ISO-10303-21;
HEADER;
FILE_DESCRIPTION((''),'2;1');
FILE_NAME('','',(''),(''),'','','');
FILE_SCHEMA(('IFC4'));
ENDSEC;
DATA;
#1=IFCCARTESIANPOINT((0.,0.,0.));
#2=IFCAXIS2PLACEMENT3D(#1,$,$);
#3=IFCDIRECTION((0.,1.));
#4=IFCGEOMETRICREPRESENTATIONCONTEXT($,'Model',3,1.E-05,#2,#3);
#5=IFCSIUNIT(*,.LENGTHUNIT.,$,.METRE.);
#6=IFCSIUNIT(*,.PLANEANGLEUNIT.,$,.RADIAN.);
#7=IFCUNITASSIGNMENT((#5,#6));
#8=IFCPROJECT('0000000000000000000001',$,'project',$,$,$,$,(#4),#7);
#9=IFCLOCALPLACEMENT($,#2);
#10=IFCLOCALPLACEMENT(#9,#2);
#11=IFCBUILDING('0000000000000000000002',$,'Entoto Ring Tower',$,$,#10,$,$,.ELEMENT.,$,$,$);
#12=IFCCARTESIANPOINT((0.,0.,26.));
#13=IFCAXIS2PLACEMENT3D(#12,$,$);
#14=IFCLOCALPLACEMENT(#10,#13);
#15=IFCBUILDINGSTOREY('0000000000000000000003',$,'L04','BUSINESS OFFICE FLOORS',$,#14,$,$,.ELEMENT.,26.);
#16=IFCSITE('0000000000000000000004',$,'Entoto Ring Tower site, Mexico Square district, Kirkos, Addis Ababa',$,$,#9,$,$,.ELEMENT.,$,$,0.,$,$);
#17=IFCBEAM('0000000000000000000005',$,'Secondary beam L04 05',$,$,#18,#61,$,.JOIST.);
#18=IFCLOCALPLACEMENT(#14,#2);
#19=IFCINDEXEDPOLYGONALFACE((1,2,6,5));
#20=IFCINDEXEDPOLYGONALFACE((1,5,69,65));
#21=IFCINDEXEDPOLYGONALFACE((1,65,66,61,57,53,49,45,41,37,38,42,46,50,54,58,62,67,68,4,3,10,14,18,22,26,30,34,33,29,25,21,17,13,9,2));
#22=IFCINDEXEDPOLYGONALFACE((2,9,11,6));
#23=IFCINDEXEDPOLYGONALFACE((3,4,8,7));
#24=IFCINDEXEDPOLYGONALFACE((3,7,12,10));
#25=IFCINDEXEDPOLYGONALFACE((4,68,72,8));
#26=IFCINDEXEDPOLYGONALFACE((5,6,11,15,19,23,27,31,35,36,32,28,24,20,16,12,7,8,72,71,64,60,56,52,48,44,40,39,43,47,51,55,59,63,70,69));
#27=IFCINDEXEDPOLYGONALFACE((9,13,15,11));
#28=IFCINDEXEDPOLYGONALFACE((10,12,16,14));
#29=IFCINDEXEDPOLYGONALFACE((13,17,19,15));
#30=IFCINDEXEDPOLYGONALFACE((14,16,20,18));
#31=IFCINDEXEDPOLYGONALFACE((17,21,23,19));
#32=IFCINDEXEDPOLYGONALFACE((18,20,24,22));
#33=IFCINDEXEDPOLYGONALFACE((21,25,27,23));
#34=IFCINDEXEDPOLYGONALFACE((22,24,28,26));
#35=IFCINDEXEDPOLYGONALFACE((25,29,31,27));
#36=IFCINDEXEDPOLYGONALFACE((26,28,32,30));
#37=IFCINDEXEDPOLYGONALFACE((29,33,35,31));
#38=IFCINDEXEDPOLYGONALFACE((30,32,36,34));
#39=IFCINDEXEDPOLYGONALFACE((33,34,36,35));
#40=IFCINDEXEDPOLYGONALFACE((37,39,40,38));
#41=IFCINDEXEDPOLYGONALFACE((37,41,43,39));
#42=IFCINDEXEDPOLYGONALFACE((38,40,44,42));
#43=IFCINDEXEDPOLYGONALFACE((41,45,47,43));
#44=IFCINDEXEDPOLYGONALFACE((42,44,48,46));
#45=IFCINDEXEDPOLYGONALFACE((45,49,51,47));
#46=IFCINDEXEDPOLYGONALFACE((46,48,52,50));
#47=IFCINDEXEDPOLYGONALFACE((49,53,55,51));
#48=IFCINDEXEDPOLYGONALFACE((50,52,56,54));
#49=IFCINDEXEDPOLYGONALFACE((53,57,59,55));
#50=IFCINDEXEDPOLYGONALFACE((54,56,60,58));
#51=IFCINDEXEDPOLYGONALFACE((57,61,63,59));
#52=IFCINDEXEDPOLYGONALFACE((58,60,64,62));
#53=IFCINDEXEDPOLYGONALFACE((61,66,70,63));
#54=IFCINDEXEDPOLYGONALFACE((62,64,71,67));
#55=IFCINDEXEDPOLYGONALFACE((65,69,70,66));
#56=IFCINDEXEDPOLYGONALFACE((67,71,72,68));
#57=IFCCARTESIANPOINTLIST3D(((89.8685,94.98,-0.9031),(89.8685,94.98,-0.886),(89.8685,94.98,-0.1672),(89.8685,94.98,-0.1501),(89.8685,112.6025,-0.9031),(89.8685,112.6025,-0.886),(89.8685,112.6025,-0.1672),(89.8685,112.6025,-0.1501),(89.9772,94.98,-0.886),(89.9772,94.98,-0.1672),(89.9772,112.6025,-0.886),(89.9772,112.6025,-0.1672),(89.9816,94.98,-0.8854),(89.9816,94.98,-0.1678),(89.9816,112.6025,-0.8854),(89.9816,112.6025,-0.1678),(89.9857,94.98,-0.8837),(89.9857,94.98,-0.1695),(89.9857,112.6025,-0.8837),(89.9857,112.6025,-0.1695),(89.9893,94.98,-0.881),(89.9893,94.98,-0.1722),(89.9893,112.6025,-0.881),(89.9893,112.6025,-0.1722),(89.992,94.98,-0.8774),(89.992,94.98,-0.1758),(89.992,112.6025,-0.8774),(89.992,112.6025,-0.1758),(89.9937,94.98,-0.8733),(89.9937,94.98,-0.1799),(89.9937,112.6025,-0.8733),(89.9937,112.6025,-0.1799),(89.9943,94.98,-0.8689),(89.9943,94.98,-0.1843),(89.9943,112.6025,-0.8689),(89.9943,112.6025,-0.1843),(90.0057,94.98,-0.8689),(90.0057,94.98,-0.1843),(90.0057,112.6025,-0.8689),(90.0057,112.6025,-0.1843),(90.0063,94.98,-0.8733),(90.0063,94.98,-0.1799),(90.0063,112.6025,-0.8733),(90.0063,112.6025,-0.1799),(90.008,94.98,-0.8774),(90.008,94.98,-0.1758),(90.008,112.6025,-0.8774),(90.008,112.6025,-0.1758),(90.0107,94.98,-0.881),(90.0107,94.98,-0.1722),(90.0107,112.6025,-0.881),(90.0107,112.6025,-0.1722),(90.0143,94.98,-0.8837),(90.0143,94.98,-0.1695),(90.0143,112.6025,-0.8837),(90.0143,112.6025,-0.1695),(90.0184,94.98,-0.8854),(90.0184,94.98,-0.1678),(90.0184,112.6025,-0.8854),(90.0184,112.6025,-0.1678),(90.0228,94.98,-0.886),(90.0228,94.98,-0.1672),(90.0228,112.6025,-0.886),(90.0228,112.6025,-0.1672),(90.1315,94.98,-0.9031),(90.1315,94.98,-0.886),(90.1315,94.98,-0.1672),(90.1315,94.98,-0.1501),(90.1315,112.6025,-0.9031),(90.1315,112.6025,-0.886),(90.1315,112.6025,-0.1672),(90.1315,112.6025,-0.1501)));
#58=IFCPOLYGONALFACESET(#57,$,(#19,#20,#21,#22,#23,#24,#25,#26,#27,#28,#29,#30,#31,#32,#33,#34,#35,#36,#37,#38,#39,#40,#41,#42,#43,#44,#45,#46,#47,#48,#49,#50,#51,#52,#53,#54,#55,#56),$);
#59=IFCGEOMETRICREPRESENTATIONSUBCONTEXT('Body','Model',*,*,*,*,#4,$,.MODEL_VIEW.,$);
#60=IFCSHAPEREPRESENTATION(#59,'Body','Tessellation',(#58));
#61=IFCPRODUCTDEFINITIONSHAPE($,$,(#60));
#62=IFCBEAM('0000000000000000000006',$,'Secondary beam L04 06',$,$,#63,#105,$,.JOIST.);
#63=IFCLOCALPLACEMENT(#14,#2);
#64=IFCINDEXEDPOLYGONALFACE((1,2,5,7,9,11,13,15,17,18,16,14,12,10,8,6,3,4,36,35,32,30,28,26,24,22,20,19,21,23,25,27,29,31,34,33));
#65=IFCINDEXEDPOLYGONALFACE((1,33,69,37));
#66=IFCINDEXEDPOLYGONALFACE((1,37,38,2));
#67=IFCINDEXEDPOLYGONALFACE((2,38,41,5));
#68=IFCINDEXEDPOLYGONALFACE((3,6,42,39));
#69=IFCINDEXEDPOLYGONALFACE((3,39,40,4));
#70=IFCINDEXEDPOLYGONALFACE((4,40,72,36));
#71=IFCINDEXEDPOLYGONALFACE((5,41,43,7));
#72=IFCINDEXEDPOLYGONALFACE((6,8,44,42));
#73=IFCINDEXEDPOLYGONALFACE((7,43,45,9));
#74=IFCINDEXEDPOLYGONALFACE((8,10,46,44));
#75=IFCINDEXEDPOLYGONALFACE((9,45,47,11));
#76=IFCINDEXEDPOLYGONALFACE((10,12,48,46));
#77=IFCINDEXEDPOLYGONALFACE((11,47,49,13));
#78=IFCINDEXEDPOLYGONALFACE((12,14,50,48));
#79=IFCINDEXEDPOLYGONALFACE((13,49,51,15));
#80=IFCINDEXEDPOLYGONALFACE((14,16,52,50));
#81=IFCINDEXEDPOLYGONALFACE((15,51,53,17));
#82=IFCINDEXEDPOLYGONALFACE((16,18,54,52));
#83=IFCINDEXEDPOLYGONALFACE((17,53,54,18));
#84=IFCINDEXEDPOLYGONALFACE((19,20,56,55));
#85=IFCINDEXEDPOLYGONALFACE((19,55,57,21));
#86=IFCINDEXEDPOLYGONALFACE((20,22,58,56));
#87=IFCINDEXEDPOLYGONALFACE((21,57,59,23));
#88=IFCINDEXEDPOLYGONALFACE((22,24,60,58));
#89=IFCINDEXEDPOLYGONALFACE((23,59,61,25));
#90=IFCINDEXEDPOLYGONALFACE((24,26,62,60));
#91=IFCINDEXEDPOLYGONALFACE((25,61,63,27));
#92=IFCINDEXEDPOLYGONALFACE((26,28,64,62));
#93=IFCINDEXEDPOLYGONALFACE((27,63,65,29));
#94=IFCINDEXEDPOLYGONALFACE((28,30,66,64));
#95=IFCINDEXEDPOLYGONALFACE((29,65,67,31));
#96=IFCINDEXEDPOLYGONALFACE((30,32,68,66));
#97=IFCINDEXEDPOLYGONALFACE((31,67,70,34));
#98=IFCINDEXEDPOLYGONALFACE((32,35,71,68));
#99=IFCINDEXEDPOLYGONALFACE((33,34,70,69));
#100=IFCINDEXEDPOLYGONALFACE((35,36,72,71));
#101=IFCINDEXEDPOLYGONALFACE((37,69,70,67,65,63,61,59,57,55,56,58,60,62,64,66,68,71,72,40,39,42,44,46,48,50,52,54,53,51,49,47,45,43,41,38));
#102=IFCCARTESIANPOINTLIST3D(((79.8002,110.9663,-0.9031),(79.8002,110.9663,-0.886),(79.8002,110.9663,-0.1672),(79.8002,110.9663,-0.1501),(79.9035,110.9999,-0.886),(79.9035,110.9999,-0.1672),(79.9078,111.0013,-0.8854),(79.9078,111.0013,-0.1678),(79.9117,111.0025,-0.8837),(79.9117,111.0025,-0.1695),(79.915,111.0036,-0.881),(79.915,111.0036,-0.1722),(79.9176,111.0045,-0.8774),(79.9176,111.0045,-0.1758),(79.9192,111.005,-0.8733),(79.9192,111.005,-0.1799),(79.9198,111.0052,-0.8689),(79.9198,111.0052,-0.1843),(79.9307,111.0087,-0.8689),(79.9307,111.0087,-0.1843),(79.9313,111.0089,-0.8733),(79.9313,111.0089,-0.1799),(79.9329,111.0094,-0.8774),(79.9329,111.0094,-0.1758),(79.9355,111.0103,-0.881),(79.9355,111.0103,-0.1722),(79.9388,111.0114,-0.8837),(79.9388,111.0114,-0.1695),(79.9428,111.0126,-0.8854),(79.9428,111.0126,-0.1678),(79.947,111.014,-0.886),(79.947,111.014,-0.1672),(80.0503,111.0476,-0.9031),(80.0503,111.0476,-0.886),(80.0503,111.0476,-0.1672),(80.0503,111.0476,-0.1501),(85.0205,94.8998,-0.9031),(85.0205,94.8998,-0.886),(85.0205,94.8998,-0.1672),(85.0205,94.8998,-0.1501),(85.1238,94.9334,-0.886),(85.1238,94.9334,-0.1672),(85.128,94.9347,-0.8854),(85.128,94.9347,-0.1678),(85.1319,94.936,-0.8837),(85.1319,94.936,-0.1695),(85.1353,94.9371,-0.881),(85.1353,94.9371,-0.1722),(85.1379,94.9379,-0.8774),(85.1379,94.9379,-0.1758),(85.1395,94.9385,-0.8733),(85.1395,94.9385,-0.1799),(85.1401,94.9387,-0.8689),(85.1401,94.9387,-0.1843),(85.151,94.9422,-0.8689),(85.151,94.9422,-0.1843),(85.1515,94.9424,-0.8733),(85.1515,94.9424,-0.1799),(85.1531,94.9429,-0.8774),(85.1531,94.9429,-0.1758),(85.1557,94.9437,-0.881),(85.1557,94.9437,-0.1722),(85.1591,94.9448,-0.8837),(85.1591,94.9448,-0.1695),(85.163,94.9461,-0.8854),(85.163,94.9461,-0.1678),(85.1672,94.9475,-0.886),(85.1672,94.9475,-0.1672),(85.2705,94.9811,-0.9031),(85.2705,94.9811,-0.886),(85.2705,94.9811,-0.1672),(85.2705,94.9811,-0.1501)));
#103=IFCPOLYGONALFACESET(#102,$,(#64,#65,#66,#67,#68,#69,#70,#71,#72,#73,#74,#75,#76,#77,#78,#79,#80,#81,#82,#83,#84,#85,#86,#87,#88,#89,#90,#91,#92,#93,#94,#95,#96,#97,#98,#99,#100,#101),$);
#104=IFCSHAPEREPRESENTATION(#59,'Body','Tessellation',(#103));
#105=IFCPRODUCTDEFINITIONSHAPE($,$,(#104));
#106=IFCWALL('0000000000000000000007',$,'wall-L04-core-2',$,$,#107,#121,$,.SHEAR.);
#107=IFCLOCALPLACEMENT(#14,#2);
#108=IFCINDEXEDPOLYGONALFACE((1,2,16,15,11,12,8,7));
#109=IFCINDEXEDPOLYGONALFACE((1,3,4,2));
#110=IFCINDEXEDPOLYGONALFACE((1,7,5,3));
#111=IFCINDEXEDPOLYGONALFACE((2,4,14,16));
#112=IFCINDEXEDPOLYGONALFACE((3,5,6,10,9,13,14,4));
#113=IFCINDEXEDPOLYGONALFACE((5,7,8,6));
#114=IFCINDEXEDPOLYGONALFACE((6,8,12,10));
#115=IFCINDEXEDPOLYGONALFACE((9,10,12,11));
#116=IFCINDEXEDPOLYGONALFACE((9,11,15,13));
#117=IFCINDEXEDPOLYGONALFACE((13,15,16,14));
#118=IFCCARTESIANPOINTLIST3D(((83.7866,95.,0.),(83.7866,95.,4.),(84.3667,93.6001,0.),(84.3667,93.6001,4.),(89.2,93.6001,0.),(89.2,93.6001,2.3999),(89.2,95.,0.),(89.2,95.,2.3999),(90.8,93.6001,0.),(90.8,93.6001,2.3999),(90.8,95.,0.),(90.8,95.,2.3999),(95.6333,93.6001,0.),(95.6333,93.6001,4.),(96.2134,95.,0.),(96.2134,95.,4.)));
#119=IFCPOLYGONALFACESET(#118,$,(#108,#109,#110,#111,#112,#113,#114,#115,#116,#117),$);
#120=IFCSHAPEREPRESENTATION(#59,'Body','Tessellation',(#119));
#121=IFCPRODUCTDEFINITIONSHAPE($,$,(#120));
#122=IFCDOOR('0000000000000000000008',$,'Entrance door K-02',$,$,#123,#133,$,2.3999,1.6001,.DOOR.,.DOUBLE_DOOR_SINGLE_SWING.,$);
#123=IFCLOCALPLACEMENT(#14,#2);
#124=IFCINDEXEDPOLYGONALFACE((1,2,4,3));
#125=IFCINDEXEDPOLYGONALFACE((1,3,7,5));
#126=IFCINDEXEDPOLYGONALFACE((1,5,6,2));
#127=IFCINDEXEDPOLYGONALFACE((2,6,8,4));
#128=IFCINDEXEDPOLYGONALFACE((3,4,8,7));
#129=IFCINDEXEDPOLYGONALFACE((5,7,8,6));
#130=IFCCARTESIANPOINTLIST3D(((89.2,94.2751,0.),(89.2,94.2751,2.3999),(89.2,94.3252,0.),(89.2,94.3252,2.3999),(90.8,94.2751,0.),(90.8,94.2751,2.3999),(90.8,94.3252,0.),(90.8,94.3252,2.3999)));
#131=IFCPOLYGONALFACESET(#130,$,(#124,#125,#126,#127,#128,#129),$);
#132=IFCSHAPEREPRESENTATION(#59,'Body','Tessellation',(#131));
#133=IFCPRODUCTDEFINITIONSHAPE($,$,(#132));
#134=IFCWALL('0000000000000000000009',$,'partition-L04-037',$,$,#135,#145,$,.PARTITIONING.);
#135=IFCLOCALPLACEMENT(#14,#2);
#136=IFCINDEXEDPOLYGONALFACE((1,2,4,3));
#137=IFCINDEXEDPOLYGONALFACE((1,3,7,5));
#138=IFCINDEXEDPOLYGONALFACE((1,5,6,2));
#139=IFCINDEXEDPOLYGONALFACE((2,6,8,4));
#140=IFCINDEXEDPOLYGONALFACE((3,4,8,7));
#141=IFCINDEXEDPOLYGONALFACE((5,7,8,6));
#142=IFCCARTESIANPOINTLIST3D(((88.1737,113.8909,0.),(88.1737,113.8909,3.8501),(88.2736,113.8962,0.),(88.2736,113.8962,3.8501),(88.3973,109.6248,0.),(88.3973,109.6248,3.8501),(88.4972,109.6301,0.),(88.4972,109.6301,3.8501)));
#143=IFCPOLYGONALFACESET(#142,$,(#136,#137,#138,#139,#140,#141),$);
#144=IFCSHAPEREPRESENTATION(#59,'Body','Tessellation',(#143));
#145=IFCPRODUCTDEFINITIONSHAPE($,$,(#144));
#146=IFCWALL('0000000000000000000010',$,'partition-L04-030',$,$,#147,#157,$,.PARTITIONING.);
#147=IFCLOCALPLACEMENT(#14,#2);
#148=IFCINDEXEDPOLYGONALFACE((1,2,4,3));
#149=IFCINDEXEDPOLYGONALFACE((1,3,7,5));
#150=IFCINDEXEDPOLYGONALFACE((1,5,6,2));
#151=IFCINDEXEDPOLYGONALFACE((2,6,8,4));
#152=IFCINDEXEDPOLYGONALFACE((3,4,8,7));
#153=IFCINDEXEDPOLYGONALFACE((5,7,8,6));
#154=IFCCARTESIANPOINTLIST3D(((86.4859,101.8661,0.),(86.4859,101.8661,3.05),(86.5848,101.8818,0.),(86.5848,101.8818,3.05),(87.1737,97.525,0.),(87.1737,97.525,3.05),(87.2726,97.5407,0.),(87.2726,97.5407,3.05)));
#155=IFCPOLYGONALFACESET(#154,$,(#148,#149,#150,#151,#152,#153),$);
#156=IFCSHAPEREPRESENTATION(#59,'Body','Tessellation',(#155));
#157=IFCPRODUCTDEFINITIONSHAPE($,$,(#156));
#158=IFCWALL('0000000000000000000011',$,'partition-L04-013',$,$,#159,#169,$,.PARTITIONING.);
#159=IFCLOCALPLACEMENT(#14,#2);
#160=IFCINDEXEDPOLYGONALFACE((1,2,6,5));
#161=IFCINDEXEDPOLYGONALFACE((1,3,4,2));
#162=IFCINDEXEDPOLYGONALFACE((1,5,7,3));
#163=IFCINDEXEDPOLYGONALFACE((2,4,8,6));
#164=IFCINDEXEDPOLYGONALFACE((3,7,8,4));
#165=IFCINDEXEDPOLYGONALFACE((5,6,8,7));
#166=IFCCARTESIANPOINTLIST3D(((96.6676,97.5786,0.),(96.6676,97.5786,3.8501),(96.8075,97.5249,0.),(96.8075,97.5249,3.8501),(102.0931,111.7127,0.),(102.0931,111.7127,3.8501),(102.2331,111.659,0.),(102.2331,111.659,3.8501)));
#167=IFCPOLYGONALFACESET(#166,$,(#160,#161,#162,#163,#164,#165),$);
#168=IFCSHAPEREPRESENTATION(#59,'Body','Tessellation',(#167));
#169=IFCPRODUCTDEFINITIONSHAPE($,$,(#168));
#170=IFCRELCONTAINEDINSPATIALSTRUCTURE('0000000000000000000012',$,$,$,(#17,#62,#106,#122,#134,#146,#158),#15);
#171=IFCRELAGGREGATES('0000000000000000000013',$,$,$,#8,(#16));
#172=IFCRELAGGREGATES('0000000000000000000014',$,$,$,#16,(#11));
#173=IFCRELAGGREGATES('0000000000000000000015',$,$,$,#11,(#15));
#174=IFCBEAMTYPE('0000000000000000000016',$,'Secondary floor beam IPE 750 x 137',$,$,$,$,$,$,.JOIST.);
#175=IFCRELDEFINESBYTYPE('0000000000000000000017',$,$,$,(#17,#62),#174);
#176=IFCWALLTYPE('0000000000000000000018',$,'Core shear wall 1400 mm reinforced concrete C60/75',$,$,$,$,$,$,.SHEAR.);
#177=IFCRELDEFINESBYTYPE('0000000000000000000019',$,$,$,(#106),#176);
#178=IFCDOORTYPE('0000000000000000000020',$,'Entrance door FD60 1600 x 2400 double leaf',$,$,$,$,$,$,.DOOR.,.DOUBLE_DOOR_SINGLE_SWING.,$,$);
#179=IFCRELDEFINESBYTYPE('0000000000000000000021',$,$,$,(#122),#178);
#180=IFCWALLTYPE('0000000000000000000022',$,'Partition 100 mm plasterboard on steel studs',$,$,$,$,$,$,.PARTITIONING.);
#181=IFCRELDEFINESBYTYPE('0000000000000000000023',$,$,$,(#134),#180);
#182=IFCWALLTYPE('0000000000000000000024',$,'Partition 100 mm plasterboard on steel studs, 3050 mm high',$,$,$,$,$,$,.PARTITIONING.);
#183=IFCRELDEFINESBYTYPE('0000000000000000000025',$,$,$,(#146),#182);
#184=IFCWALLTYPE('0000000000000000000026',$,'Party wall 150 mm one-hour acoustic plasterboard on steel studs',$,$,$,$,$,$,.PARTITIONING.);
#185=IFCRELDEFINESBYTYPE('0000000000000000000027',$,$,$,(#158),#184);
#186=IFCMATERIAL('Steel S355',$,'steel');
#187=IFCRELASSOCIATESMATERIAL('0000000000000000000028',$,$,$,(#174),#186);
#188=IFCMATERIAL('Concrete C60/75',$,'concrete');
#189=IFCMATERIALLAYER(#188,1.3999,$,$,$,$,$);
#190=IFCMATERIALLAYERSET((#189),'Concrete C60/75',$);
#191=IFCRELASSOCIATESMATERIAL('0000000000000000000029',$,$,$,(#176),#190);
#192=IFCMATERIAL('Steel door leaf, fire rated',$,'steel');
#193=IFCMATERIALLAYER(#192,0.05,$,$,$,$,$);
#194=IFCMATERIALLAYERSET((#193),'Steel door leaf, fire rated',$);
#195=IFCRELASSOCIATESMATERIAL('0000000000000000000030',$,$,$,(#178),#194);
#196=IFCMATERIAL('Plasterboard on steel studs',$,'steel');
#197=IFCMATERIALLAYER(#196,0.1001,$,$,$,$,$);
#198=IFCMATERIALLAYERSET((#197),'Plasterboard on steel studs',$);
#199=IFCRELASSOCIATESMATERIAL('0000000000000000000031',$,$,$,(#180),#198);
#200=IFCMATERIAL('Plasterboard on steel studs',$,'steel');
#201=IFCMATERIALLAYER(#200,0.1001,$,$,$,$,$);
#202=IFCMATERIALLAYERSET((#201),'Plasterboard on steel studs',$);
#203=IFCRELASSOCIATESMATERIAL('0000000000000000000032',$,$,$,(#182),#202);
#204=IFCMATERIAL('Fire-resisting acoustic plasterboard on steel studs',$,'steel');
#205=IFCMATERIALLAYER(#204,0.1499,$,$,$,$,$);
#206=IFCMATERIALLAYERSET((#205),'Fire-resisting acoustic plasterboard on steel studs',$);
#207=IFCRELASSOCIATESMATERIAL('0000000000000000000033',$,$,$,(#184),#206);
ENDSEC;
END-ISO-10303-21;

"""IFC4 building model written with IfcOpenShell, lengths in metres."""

from ifc_helpers import new_model, si_unit, direction, frame, frame_2d, origin, origin_2d, place, context, subcontext, project, spatial, polyline, rectangle, i_section, outline, extrude, material, layer, layer_set, material_profile, profile_set, type_object, element, fill, save


model = new_model("IFC4")

# Units and contexts
model_context = context("Model", 3, precision=1e-05, world=origin(), true_north=direction((0.0, 1.0)))
body_context = subcontext(model_context, "Body", "Model", "MODEL_VIEW")
ifc_project = project(units=[si_unit("LENGTHUNIT", "METRE"), si_unit("PLANEANGLEUNIT", "RADIAN")], contexts=[model_context])

# Site, building, storey
site_placement = place(None, origin())
site = spatial("IfcSite", under=ifc_project, at=site_placement, Name="Entoto Ring Tower site, Mexico Square district, Kirkos, Addis Ababa", CompositionType="ELEMENT", RefElevation=0.0)
building_placement = place(site_placement, origin())
building = spatial("IfcBuilding", under=site, at=building_placement, Name="Entoto Ring Tower", CompositionType="ELEMENT")
storey_placement = place(building_placement, frame((0.0, 0.0, 26.0)))
storey = spatial("IfcBuildingStorey", under=building, at=storey_placement, Name="L04", Description="BUSINESS OFFICE FLOORS", CompositionType="ELEMENT", Elevation=26.0)

# Beams
ifc_material_1 = material(Name="Steel S355", Category="steel")
ifc_material_profile_1 = material_profile(ifc_material_1, i_section(OverallWidth=0.2629, OverallDepth=0.7529, WebThickness=0.0115, FlangeThickness=0.0171, FilletRadius=0.0171, at=origin_2d()), Name="IPE 750 x 137")
ifc_profile_set_1 = profile_set([ifc_material_profile_1], Name="Steel S355")
beam_type_1 = type_object("IfcBeamType", Name="Secondary floor beam IPE 750 x 137", PredefinedType="JOIST", material=ifc_profile_set_1)
beam_1_placement = place(storey_placement, frame((90.0, 94.98, -0.5266), z_axis=(0.0, 1.0, 0.0), x_axis=(-1.0, 0.0, 0.0)))
element("IfcBeam", 1, at=beam_1_placement, inside=storey, type_object=beam_type_1, Name="Secondary beam L04 05", PredefinedType="JOIST", context=body_context, shape_type="SweptSolid", body=[
    extrude(i_section(OverallWidth=0.2629, OverallDepth=0.7529, WebThickness=0.0115, FlangeThickness=0.0171, FilletRadius=0.0171, at=origin_2d()), origin(), (0.0, 0.0, 1.0), 17.6226),
])
beam_2_placement = place(storey_placement, frame((85.1455, 94.9404, -0.5266), z_axis=(-0.309013, 0.951058, 0.0), x_axis=(-0.951058, -0.309013, 0.0)))
element("IfcBeam", 2, at=beam_2_placement, inside=storey, type_object=beam_type_1, Name="Secondary beam L04 06", PredefinedType="JOIST", context=body_context, shape_type="SweptSolid", body=[
    extrude(i_section(OverallWidth=0.2629, OverallDepth=0.7529, WebThickness=0.0115, FlangeThickness=0.0171, FilletRadius=0.0171, at=origin_2d()), origin(), (0.0, 0.0, 1.0), 16.8933),
])

# Wall, opening, door
ifc_material_2 = material(Name="Concrete C60/75", Category="concrete")
ifc_layer_1 = layer(ifc_material_2, 1.3999)
ifc_layer_set_1 = layer_set([ifc_layer_1], Name="Concrete C60/75")
wall_type_1 = type_object("IfcWallType", Name="Core shear wall 1400 mm reinforced concrete C60/75", PredefinedType="SHEAR", material=ifc_layer_set_1)
wall_1_placement = place(storey_placement, frame((95.9233, 94.3, 0.0), z_axis=(0.0, 0.0, 1.0), x_axis=(-1.0, 0.0, 0.0)))
wall_1 = element("IfcWall", 3, at=wall_1_placement, inside=storey, type_object=wall_type_1, Name="wall-L04-core-2", PredefinedType="SHEAR", context=body_context, shape_type="SweptSolid", body=[
    extrude(outline(polyline([(-0.29, -0.7), (12.1367, -0.7), (11.5566, 0.7), (0.29, 0.7), (-0.29, -0.7)])), origin(), (0.0, 0.0, 1.0), 4.0),
])
opening_placement = place(wall_1_placement, frame((5.1233, 0.0, 0.0)))
opening = element("IfcOpeningElement", 4, at=opening_placement, cuts=wall_1, PredefinedType="OPENING", context=body_context, shape_type="SweptSolid", body=[
    extrude(rectangle(XDim=1.6001, YDim=2.3999, at=frame_2d((0.8, 1.2))), frame((0.0, 0.71, 0.0), z_axis=(0.0, -1.0, 0.0), x_axis=(1.0, 0.0, 0.0)), (0.0, 0.0, 1.0), 1.4199),
])
ifc_material_3 = material(Name="Steel door leaf, fire rated", Category="steel")
ifc_layer_2 = layer(ifc_material_3, 0.05)
ifc_layer_set_2 = layer_set([ifc_layer_2], Name="Steel door leaf, fire rated")
door_type = type_object("IfcDoorType", Name="Entrance door FD60 1600 x 2400 double leaf", OperationType="DOUBLE_DOOR_SINGLE_SWING", PredefinedType="DOOR", material=ifc_layer_set_2)
door_placement = place(opening_placement, origin())
door = element("IfcDoor", 5, at=door_placement, inside=storey, type_object=door_type, Name="Entrance door K-02", OperationType="DOUBLE_DOOR_SINGLE_SWING", OverallHeight=2.3999, OverallWidth=1.6001, PredefinedType="DOOR", context=body_context, shape_type="SweptSolid", body=[
    extrude(rectangle(XDim=1.6001, YDim=2.3999, at=frame_2d((0.8, 1.2))), frame((0.0, 0.0249, 0.0), z_axis=(0.0, -1.0, 0.0), x_axis=(1.0, 0.0, 0.0)), (0.0, 0.0, 1.0), 0.05),
])
fill(opening, door)

# Walls
ifc_material_4 = material(Name="Plasterboard on steel studs", Category="steel")
ifc_layer_3 = layer(ifc_material_4, 0.1001)
ifc_layer_set_3 = layer_set([ifc_layer_3], Name="Plasterboard on steel studs")
wall_type_2 = type_object("IfcWallType", Name="Partition 100 mm plasterboard on steel studs", PredefinedType="PARTITIONING", material=ifc_layer_set_3)
wall_2_placement = place(storey_placement, frame((88.4473, 109.6274, 0.0), z_axis=(0.0, 0.0, 1.0), x_axis=(-0.052349, 0.998629, 0.0)))
element("IfcWall", 6, at=wall_2_placement, inside=storey, type_object=wall_type_2, Name="partition-L04-037", PredefinedType="PARTITIONING", context=body_context, shape_type="SweptSolid", body=[
    extrude(rectangle(XDim=4.272, YDim=0.1001, at=frame_2d((2.136, 0.0))), origin(), (0.0, 0.0, 1.0), 3.8501),
])
ifc_material_5 = material(Name="Plasterboard on steel studs", Category="steel")
ifc_layer_4 = layer(ifc_material_5, 0.1001)
ifc_layer_set_4 = layer_set([ifc_layer_4], Name="Plasterboard on steel studs")
wall_type_3 = type_object("IfcWallType", Name="Partition 100 mm plasterboard on steel studs, 3050 mm high", PredefinedType="PARTITIONING", material=ifc_layer_set_4)
wall_3_placement = place(storey_placement, frame((87.2231, 97.5327, 0.0), z_axis=(0.0, 0.0, 1.0), x_axis=(-0.156476, 0.987682, 0.0)))
element("IfcWall", 7, at=wall_3_placement, inside=storey, type_object=wall_type_3, Name="partition-L04-030", PredefinedType="PARTITIONING", context=body_context, shape_type="SweptSolid", body=[
    extrude(rectangle(XDim=4.3953, YDim=0.1001, at=frame_2d((2.1978, 0.0))), origin(), (0.0, 0.0, 1.0), 3.05),
])
ifc_material_6 = material(Name="Fire-resisting acoustic plasterboard on steel studs", Category="steel")
ifc_layer_5 = layer(ifc_material_6, 0.1499)
ifc_layer_set_5 = layer_set([ifc_layer_5], Name="Fire-resisting acoustic plasterboard on steel studs")
wall_type_4 = type_object("IfcWallType", Name="Party wall 150 mm one-hour acoustic plasterboard on steel studs", PredefinedType="PARTITIONING", material=ifc_layer_set_5)
wall_4_placement = place(storey_placement, frame((96.7375, 97.5518, 0.0), z_axis=(0.0, 0.0, 1.0), x_axis=(0.358367, 0.933581, 0.0)))
element("IfcWall", 8, at=wall_4_placement, inside=storey, type_object=wall_type_4, Name="partition-L04-013", PredefinedType="PARTITIONING", context=body_context, shape_type="SweptSolid", body=[
    extrude(rectangle(XDim=15.1396, YDim=0.1499, at=frame_2d((7.5698, 0.0))), origin(), (0.0, 0.0, 1.0), 3.8501),
])

save(model, "model.ifc")
